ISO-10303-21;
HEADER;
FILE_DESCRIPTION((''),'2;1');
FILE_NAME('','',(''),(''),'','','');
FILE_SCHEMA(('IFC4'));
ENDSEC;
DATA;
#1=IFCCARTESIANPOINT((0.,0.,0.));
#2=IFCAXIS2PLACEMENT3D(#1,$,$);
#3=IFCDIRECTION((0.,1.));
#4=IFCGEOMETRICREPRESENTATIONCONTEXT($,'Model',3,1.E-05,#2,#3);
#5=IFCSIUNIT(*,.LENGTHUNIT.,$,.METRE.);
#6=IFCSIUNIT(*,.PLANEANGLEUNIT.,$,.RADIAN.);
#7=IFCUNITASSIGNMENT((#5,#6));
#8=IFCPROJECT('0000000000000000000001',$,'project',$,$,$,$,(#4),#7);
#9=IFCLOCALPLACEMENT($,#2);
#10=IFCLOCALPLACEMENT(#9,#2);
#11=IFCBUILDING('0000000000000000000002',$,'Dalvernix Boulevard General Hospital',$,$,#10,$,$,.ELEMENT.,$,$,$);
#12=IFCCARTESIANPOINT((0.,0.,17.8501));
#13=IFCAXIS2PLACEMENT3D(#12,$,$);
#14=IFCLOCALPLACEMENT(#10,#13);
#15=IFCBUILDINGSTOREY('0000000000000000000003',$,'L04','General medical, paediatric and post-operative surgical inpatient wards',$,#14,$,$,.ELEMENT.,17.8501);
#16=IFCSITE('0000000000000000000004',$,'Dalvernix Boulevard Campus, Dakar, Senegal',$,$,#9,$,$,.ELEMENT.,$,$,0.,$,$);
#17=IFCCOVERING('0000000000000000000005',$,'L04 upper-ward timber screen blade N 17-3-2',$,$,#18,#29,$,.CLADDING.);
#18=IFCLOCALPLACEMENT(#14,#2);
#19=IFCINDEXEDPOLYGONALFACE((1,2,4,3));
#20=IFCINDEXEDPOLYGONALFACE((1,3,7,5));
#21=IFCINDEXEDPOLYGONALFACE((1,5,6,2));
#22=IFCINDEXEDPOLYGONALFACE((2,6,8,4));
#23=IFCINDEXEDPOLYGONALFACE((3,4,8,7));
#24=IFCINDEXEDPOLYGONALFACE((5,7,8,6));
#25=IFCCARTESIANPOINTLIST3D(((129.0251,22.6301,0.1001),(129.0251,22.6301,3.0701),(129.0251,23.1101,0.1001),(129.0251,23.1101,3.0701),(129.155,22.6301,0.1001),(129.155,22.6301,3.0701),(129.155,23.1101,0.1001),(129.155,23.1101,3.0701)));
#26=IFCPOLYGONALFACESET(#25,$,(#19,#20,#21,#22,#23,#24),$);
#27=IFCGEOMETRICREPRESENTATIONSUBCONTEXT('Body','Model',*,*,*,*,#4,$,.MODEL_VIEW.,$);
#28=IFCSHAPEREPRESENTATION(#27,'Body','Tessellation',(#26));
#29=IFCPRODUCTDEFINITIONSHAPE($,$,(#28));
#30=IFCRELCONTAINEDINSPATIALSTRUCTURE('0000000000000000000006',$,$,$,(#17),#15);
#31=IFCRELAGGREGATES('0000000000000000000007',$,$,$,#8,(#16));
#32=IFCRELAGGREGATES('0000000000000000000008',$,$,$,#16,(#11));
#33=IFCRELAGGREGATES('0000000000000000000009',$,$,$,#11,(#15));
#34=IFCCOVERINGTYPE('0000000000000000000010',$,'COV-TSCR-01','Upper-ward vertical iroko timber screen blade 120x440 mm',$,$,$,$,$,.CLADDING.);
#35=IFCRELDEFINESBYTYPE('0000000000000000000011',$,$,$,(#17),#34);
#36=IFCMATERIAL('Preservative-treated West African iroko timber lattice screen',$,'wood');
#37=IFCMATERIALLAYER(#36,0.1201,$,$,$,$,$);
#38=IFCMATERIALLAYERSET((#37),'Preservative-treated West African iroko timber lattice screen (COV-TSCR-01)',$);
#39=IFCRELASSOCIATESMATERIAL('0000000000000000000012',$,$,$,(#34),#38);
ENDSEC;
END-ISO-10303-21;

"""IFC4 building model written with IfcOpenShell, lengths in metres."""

from ifc_helpers import new_model, si_unit, direction, frame, origin, origin_2d, place, context, subcontext, project, spatial, rectangle, extrude, material, layer, layer_set, type_object, element, save


model = new_model("IFC4")

# Units and contexts
model_context = context("Model", 3, precision=1e-05, world=origin(), true_north=direction((0.0, 1.0)))
body_context = subcontext(model_context, "Body", "Model", "MODEL_VIEW")
ifc_project = project(units=[si_unit("LENGTHUNIT", "METRE"), si_unit("PLANEANGLEUNIT", "RADIAN")], contexts=[model_context])

# Site, building, storey
site_placement = place(None, origin())
site = spatial("IfcSite", under=ifc_project, at=site_placement, Name="Dalvernix Boulevard Campus, Dakar, Senegal", CompositionType="ELEMENT", RefElevation=0.0)
building_placement = place(site_placement, origin())
building = spatial("IfcBuilding", under=site, at=building_placement, Name="Dalvernix Boulevard General Hospital", CompositionType="ELEMENT")
storey_placement = place(building_placement, frame((0.0, 0.0, 17.8501)))
storey = spatial("IfcBuildingStorey", under=building, at=storey_placement, Name="L04", Description="General medical, paediatric and post-operative surgical inpatient wards", CompositionType="ELEMENT", Elevation=17.8501)

# Covering
ifc_material_1 = material(Name="Preservative-treated West African iroko timber lattice screen", Category="wood")
ifc_layer_1 = layer(ifc_material_1, 0.1201)
ifc_layer_set_1 = layer_set([ifc_layer_1], Name="Preservative-treated West African iroko timber lattice screen (COV-TSCR-01)")
covering_type_1 = type_object("IfcCoveringType", Name="COV-TSCR-01", Description="Upper-ward vertical iroko timber screen blade 120x440 mm", PredefinedType="CLADDING", material=ifc_layer_set_1)
for number, where, z_axis, x_axis, name in (
    (1, (129.0901, 22.8701, 0.1001), (0.0, 0.0, 1.0), (1.0, 0.0, 0.0), "L04 upper-ward timber screen blade N 17-3-2"),
):
    element("IfcCovering", number, at=place(storey_placement, frame(where, z_axis=z_axis, x_axis=x_axis)), inside=storey, type_object=covering_type_1, Name=name, PredefinedType="CLADDING", context=body_context, shape_type="SweptSolid", body=[
        extrude(rectangle(XDim=0.1299, YDim=0.48, at=origin_2d()), origin(), (0.0, 0.0, 1.0), 2.97),
    ])

save(model, "model.ifc")
